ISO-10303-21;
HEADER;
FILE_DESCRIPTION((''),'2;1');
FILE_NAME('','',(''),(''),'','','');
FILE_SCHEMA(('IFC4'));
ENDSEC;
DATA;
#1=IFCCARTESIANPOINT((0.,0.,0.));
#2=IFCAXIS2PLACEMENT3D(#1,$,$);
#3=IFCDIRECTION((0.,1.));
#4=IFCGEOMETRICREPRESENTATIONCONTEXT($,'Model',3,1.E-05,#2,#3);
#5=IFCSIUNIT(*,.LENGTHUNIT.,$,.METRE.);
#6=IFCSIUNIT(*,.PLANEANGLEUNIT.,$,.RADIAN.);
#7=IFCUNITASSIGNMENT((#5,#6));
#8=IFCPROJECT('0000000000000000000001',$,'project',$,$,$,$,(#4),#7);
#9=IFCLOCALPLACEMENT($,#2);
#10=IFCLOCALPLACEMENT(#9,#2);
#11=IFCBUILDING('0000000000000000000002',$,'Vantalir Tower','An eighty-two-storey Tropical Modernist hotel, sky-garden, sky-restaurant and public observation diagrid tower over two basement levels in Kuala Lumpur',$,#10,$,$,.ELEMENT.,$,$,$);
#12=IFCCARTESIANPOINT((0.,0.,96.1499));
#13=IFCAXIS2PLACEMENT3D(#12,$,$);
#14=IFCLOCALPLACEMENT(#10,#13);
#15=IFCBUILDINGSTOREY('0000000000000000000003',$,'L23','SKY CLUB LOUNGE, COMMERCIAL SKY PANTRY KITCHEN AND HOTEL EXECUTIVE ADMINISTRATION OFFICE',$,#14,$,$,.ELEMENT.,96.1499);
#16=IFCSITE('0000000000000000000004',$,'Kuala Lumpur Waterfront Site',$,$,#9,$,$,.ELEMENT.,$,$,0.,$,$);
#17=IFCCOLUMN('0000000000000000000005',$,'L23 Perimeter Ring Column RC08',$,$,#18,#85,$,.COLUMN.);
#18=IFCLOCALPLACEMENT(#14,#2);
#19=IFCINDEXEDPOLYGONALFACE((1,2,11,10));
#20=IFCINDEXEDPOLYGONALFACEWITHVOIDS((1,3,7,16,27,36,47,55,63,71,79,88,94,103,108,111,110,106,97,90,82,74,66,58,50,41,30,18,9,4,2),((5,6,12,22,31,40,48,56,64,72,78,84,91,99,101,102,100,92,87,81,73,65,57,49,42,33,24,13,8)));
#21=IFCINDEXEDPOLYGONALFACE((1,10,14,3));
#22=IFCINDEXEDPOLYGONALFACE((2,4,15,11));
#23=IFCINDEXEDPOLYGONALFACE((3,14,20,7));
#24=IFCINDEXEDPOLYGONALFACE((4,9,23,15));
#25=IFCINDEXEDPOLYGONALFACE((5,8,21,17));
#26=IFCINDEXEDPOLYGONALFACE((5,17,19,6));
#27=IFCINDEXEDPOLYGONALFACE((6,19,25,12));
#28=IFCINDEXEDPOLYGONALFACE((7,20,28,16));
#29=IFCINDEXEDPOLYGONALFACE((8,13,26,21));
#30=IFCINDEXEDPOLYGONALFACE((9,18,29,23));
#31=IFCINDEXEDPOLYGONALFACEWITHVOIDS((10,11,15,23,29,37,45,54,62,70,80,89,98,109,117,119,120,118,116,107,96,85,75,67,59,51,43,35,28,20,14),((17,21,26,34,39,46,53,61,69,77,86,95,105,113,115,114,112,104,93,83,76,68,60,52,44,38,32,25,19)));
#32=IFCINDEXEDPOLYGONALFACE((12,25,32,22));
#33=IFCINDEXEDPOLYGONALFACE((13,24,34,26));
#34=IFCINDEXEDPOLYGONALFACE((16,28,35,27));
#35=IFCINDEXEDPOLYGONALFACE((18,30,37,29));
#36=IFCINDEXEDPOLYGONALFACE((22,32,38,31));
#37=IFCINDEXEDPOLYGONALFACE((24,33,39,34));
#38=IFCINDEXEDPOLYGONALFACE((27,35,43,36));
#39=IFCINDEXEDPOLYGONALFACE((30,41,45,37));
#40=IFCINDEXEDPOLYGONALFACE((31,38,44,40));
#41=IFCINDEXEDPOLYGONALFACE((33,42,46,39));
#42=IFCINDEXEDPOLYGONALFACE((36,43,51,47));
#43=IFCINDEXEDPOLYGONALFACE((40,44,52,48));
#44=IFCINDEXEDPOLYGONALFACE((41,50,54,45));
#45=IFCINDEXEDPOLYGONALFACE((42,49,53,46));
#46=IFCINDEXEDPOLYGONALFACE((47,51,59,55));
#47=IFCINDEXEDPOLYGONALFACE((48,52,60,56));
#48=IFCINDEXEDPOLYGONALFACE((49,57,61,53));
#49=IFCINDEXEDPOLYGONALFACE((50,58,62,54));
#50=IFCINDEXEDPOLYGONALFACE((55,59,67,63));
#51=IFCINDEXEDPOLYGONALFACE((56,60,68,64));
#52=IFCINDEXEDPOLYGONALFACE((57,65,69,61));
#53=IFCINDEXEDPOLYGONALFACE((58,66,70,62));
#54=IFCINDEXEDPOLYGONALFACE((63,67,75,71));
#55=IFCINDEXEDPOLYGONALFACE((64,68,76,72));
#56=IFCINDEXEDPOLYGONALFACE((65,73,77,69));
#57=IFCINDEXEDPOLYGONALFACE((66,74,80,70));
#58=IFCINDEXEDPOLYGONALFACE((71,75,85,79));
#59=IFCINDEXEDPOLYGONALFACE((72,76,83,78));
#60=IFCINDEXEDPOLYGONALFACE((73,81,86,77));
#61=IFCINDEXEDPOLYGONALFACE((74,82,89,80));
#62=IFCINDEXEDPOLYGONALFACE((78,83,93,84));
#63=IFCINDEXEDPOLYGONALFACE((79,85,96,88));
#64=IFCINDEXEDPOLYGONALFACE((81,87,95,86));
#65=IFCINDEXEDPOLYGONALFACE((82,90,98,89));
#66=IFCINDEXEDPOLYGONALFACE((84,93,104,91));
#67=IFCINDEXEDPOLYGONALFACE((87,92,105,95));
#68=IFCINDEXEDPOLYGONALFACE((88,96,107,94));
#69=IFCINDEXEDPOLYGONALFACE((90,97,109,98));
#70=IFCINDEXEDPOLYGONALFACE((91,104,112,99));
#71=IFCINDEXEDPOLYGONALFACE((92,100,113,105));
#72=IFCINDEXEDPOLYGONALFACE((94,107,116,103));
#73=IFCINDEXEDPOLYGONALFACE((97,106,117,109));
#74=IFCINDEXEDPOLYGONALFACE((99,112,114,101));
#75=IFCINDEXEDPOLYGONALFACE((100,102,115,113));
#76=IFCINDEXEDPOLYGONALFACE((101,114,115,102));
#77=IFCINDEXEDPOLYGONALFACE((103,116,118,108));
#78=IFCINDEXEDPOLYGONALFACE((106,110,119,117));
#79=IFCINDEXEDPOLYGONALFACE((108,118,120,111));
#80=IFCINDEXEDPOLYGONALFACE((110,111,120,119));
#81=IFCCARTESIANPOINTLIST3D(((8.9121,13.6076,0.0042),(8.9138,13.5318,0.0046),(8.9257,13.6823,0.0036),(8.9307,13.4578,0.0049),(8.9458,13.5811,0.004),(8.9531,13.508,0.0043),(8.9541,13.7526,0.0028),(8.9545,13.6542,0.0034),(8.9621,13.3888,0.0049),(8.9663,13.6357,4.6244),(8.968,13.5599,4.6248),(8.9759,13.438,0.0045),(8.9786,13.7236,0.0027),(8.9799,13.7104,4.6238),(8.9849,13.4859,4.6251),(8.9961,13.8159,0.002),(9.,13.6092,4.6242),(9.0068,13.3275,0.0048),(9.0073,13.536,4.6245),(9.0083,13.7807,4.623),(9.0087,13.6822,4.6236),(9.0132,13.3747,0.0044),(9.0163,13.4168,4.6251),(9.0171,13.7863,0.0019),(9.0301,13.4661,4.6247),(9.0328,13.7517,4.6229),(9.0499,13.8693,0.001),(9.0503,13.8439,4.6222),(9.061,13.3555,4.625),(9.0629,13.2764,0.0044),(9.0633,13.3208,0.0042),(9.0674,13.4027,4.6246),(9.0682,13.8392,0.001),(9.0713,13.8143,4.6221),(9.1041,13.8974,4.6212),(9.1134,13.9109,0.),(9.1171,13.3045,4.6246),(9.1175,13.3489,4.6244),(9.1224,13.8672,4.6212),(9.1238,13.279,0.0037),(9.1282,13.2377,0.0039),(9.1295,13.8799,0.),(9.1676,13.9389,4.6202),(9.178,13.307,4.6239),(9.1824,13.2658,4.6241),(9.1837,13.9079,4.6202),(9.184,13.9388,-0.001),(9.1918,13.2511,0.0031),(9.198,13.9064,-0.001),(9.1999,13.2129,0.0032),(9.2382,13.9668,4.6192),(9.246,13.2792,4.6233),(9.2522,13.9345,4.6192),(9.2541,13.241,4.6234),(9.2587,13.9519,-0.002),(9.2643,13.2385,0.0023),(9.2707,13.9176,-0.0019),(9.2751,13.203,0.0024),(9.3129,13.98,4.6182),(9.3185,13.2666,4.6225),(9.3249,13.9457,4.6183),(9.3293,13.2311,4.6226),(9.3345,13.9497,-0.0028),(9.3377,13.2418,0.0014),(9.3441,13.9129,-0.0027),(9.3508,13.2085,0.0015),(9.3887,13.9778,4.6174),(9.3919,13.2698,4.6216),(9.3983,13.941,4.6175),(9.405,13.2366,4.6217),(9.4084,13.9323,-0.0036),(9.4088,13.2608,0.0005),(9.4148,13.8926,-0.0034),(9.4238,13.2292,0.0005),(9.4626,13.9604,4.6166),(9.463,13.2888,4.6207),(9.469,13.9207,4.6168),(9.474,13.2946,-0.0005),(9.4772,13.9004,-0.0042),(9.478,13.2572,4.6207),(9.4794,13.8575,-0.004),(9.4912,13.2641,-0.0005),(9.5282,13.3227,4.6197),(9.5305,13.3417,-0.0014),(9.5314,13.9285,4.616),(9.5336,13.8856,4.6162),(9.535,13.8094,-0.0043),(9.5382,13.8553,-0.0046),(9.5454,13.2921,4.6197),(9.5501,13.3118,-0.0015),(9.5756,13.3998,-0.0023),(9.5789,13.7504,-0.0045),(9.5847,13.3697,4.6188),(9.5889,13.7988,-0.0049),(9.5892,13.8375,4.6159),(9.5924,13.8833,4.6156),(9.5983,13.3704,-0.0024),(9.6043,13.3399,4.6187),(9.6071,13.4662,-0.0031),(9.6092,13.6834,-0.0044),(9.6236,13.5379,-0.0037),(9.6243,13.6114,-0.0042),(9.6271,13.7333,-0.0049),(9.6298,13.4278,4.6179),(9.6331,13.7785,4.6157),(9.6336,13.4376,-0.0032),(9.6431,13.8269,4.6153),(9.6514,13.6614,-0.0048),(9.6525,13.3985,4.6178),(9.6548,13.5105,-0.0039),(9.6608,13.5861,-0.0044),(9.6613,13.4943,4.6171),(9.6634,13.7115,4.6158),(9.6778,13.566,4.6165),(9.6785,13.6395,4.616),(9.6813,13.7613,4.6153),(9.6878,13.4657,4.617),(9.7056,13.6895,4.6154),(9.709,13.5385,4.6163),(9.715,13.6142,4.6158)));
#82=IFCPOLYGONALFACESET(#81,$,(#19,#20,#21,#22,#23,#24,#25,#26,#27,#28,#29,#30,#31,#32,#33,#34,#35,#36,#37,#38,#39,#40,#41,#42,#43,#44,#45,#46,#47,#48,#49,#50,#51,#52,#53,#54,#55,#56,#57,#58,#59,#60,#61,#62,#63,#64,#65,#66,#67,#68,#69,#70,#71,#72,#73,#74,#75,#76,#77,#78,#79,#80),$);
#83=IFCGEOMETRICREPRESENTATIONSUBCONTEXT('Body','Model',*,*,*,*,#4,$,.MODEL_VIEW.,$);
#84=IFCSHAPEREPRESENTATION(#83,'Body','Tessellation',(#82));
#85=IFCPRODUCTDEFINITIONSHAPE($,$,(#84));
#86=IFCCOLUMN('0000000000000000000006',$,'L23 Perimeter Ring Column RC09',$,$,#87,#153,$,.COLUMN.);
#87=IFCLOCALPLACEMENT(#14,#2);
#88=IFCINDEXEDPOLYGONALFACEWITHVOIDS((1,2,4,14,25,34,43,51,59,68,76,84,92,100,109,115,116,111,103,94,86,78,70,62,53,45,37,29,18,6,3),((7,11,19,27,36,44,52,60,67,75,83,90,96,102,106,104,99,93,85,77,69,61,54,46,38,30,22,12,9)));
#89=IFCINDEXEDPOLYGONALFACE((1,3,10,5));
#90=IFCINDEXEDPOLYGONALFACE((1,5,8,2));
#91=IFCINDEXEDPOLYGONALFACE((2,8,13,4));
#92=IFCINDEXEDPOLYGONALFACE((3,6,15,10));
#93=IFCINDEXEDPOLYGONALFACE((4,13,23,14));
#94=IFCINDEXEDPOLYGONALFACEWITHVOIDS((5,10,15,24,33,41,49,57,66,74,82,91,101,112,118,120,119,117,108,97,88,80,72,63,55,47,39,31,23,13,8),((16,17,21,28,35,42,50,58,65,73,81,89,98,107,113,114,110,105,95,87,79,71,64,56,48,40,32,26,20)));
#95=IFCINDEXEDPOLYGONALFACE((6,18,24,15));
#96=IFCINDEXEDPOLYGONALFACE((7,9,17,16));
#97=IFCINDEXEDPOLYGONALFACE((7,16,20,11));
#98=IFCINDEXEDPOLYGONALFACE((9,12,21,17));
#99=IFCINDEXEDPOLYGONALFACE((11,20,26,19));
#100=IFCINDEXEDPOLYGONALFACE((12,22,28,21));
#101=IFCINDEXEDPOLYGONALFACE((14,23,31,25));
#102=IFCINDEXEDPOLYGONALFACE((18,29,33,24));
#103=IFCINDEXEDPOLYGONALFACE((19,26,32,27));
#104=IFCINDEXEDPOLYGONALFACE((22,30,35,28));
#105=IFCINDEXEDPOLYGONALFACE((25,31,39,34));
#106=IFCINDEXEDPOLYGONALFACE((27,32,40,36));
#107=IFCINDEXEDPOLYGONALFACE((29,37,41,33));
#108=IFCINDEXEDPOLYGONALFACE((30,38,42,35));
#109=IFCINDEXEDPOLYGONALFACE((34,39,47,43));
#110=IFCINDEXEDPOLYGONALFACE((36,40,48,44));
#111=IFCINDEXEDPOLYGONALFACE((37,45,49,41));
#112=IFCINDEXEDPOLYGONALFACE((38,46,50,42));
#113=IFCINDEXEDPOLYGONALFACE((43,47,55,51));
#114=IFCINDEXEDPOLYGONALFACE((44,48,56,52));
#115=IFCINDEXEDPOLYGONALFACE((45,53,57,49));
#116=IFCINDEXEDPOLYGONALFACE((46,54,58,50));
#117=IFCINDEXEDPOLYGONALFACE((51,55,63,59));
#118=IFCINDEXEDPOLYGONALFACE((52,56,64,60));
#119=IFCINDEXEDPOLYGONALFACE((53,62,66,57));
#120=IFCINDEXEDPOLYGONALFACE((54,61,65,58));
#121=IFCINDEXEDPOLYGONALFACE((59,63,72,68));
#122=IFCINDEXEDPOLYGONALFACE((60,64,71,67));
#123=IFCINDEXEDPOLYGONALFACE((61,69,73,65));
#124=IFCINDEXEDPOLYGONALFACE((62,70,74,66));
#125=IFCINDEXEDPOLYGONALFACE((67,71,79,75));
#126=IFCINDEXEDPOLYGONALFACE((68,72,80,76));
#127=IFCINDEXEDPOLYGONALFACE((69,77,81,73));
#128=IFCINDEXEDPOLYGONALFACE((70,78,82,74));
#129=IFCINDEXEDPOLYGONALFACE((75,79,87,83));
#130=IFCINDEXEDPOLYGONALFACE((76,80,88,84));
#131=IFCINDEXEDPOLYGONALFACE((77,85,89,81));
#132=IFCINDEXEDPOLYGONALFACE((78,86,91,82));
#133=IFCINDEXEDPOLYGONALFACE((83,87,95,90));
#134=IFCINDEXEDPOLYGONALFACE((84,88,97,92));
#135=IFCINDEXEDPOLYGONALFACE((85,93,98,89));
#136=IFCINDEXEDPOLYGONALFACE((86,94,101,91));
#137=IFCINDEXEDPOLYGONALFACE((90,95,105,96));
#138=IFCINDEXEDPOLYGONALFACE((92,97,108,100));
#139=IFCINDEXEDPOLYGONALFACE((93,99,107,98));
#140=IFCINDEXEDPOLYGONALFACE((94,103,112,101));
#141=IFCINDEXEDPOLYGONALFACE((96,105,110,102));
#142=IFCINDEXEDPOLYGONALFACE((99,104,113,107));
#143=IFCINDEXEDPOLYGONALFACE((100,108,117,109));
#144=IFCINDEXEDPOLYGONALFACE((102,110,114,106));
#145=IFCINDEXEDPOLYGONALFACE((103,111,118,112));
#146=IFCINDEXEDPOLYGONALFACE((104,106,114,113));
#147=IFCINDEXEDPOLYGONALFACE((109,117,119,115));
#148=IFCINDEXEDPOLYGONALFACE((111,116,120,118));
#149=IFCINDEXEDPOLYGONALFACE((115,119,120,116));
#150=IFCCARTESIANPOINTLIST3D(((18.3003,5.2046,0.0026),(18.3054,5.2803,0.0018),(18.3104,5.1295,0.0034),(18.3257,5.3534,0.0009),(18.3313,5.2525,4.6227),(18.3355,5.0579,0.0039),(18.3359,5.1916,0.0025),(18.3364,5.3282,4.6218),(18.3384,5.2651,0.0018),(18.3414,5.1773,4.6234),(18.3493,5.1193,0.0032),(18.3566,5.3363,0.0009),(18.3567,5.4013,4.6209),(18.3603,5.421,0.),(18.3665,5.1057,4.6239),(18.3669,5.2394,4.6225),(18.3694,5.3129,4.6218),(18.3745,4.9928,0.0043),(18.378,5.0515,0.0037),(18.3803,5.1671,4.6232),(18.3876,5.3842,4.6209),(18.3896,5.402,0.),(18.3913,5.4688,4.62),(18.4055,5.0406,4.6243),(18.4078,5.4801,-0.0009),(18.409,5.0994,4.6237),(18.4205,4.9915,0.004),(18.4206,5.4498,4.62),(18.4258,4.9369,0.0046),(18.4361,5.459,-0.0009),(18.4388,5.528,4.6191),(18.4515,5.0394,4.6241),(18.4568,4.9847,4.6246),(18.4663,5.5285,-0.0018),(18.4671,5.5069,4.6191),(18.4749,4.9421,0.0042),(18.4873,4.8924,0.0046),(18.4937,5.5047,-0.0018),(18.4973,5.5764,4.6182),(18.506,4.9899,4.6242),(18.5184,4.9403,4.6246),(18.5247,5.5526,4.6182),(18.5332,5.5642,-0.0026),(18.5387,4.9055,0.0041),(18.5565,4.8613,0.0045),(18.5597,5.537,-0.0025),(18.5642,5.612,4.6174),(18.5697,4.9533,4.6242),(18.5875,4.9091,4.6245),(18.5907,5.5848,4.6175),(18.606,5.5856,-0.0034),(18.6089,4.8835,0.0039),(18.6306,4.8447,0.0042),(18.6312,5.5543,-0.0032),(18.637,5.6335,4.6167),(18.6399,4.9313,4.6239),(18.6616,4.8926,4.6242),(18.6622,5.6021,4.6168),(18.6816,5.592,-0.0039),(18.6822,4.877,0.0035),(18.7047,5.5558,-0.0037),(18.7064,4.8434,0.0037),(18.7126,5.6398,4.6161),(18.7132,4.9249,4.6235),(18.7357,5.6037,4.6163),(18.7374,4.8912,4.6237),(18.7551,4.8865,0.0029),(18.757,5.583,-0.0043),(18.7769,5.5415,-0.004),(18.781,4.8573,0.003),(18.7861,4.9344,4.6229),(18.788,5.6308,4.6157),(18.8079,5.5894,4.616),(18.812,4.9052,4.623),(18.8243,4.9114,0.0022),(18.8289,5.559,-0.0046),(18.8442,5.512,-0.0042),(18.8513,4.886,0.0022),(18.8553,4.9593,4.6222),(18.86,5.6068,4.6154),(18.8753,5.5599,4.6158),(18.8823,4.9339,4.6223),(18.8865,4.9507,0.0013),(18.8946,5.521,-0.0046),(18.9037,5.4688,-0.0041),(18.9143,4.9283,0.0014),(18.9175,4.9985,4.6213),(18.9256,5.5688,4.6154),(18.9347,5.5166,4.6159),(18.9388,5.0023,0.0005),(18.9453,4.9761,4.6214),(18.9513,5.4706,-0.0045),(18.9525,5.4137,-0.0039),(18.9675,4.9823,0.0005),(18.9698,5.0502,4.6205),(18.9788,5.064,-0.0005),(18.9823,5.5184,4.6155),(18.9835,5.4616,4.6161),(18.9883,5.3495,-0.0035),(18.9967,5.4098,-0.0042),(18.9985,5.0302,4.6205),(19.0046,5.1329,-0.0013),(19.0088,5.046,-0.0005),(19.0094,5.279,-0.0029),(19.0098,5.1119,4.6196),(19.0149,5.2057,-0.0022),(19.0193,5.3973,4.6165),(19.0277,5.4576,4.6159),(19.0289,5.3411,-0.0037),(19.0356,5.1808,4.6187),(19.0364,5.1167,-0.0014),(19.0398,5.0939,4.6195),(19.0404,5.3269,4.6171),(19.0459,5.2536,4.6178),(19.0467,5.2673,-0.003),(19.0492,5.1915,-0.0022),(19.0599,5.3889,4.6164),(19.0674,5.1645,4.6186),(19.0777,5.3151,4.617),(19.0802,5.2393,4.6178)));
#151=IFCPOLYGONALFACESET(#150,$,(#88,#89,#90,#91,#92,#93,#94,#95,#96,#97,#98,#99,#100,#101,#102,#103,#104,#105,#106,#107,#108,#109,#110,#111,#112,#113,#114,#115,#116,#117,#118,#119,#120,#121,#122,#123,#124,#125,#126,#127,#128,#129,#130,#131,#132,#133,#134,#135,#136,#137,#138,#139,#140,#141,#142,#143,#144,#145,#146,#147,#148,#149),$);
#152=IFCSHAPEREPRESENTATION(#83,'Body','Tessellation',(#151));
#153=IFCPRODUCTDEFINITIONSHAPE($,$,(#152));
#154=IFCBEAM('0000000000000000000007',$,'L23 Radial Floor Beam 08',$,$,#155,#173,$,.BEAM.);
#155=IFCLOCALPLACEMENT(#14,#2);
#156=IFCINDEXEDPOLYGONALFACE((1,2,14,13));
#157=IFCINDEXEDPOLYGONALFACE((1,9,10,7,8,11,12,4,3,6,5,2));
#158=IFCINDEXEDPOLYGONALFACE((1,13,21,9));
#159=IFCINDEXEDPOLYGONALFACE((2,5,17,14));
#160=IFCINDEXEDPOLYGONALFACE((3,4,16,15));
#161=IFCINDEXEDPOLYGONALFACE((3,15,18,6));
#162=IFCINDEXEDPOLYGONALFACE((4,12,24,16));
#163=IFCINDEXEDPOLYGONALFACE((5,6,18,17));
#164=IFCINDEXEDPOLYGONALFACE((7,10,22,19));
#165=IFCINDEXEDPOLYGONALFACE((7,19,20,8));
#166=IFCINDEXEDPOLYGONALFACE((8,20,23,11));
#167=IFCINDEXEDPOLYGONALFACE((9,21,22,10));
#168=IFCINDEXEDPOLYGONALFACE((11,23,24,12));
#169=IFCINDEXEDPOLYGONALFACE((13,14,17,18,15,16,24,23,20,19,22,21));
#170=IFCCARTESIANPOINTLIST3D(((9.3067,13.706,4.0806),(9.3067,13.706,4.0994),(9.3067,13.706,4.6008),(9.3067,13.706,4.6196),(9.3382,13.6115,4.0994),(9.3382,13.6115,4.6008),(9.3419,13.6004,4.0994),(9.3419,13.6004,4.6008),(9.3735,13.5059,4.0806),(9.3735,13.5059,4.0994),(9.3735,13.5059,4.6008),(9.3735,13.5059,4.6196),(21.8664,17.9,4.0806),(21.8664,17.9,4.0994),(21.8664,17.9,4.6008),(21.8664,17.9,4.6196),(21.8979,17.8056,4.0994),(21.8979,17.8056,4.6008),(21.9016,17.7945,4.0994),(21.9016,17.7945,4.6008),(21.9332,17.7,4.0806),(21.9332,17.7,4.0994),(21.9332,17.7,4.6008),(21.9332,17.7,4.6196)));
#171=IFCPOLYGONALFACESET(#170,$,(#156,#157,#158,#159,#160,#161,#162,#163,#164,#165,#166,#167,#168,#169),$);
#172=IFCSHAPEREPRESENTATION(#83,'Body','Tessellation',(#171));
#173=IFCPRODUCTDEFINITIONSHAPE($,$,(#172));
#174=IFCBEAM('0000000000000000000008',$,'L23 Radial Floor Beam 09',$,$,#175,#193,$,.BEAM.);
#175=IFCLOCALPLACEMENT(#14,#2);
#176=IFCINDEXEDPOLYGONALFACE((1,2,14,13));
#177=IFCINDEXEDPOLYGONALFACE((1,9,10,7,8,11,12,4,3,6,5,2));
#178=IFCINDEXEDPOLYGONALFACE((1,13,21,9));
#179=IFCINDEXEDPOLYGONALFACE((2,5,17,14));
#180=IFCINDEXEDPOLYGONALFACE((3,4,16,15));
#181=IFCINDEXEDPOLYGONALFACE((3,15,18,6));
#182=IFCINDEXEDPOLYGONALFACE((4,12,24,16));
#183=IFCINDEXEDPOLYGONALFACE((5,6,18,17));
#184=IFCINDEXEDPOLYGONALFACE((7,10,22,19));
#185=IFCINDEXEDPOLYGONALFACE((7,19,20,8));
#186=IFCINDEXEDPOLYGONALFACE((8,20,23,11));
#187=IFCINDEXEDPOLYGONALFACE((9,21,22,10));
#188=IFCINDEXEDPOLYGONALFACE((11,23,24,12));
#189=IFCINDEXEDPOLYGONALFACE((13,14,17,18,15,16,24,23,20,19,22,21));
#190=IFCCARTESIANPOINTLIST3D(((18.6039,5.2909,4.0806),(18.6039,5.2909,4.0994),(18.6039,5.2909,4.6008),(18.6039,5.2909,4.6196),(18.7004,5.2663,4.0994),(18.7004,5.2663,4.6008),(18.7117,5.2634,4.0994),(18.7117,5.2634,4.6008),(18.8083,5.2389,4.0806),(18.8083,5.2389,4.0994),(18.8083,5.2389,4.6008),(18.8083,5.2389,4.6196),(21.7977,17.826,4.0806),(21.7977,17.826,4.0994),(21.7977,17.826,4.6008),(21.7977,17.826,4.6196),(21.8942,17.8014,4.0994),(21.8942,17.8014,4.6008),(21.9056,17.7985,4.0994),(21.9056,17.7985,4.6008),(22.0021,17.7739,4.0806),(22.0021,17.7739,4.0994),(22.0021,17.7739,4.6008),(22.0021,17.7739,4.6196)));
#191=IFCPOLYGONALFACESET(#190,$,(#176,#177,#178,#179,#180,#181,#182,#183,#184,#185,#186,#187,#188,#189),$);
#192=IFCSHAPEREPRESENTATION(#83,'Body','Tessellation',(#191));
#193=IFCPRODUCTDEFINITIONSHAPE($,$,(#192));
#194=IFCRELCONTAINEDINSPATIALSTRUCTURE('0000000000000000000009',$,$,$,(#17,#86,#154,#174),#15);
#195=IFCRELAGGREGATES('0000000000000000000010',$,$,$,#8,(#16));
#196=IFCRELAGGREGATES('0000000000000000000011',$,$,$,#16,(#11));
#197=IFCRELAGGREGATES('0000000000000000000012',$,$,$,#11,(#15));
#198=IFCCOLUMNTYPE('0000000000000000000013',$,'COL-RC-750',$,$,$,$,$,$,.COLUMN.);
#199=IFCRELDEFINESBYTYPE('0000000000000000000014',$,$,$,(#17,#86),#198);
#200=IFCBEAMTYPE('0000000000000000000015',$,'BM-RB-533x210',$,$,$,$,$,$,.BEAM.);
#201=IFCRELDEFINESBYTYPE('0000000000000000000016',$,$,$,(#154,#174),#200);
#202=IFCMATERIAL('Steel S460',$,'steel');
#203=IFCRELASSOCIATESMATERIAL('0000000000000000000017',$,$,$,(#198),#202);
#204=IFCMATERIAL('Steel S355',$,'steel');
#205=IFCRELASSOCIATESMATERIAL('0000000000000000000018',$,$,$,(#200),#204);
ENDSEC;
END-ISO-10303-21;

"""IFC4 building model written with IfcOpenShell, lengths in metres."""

from ifc_helpers import new_model, si_unit, direction, frame, origin, origin_2d, place, context, subcontext, project, spatial, hollow_circle, i_section, extrude, material, material_profile, profile_set, type_object, element, save


model = new_model("IFC4")

# Units and contexts
model_context = context("Model", 3, precision=1e-05, world=origin(), true_north=direction((0.0, 1.0)))
body_context = subcontext(model_context, "Body", "Model", "MODEL_VIEW")
ifc_project = project(units=[si_unit("LENGTHUNIT", "METRE"), si_unit("PLANEANGLEUNIT", "RADIAN")], contexts=[model_context])

# Site, building, storey
site_placement = place(None, origin())
site = spatial("IfcSite", under=ifc_project, at=site_placement, Name="Kuala Lumpur Waterfront Site", CompositionType="ELEMENT", RefElevation=0.0)
building_placement = place(site_placement, origin())
building = spatial("IfcBuilding", under=site, at=building_placement, Name="Vantalir Tower", Description="An eighty-two-storey Tropical Modernist hotel, sky-garden, sky-restaurant and public observation diagrid tower over two basement levels in Kuala Lumpur", CompositionType="ELEMENT")
storey_placement = place(building_placement, frame((0.0, 0.0, 96.1499)))
storey = spatial("IfcBuildingStorey", under=building, at=storey_placement, Name="L23", Description="SKY CLUB LOUNGE, COMMERCIAL SKY PANTRY KITCHEN AND HOTEL EXECUTIVE ADMINISTRATION OFFICE", CompositionType="ELEMENT", Elevation=96.1499)

# Columns
ifc_material_1 = material(Name="Steel S460", Category="steel")
ifc_material_profile_1 = material_profile(ifc_material_1, hollow_circle(Radius=0.375, WallThickness=0.0349, at=origin_2d()), Name="Steel S460")
ifc_profile_set_1 = profile_set([ifc_material_profile_1], Name="Steel S460")
column_type = type_object("IfcColumnType", Name="COL-RC-750", PredefinedType="COLUMN", material=ifc_profile_set_1)
column_1_placement = place(storey_placement, frame((9.2859, 13.5779, 0.0), z_axis=(0.01173, 0.006076, 0.999913), x_axis=(-0.459967, 0.887936, 0.0)))
element("IfcColumn", 1, at=column_1_placement, inside=storey, type_object=column_type, Name="L23 Perimeter Ring Column RC08", PredefinedType="COLUMN", context=body_context, shape_type="SweptSolid", body=[
    extrude(hollow_circle(Radius=0.375, WallThickness=0.0349, at=origin_2d()), origin(), (0.0, 0.0, 1.0), 4.6206),
])
column_2_placement = place(storey_placement, frame((18.675, 5.217, 0.0), z_axis=(0.006711, 0.010356, 0.999924), x_axis=(-0.839225, 0.543784, 0.0)))
element("IfcColumn", 2, at=column_2_placement, inside=storey, type_object=column_type, Name="L23 Perimeter Ring Column RC09", PredefinedType="COLUMN", context=body_context, shape_type="SweptSolid", body=[
    extrude(hollow_circle(Radius=0.375, WallThickness=0.0349, at=origin_2d()), origin(), (0.0, 0.0, 1.0), 4.6204),
])

# Beams
ifc_material_2 = material(Name="Steel S355", Category="steel")
ifc_material_profile_2 = material_profile(ifc_material_2, i_section(OverallWidth=0.2109, OverallDepth=0.5391, WebThickness=0.0117, FlangeThickness=0.0188, at=origin_2d()), Name="Steel S355")
ifc_profile_set_2 = profile_set([ifc_material_profile_2], Name="Steel S355")
beam_type_1 = type_object("IfcBeamType", Name="BM-RB-533x210", PredefinedType="BEAM", material=ifc_profile_set_2)
beam_1_placement = place(storey_placement, frame((9.3401, 13.606, 4.3501), z_axis=(0.948514, 0.316737, 0.0), x_axis=(-0.316737, 0.948514, 0.0)))
element("IfcBeam", 3, at=beam_1_placement, inside=storey, type_object=beam_type_1, Name="L23 Radial Floor Beam 08", PredefinedType="BEAM", context=body_context, shape_type="SweptSolid", body=[
    extrude(i_section(OverallWidth=0.2109, OverallDepth=0.5391, WebThickness=0.0117, FlangeThickness=0.0188, at=origin_2d()), origin(), (0.0, 0.0, 1.0), 13.2415),
])
beam_2_placement = place(storey_placement, frame((18.7061, 5.2649, 4.3501), z_axis=(0.246903, 0.96904, 0.0), x_axis=(-0.96904, 0.246903, 0.0)))
element("IfcBeam", 4, at=beam_2_placement, inside=storey, type_object=beam_type_1, Name="L23 Radial Floor Beam 09", PredefinedType="BEAM", context=body_context, shape_type="SweptSolid", body=[
    extrude(i_section(OverallWidth=0.2109, OverallDepth=0.5391, WebThickness=0.0117, FlangeThickness=0.0188, at=origin_2d()), origin(), (0.0, 0.0, 1.0), 12.9355),
])

save(model, "model.ifc")
